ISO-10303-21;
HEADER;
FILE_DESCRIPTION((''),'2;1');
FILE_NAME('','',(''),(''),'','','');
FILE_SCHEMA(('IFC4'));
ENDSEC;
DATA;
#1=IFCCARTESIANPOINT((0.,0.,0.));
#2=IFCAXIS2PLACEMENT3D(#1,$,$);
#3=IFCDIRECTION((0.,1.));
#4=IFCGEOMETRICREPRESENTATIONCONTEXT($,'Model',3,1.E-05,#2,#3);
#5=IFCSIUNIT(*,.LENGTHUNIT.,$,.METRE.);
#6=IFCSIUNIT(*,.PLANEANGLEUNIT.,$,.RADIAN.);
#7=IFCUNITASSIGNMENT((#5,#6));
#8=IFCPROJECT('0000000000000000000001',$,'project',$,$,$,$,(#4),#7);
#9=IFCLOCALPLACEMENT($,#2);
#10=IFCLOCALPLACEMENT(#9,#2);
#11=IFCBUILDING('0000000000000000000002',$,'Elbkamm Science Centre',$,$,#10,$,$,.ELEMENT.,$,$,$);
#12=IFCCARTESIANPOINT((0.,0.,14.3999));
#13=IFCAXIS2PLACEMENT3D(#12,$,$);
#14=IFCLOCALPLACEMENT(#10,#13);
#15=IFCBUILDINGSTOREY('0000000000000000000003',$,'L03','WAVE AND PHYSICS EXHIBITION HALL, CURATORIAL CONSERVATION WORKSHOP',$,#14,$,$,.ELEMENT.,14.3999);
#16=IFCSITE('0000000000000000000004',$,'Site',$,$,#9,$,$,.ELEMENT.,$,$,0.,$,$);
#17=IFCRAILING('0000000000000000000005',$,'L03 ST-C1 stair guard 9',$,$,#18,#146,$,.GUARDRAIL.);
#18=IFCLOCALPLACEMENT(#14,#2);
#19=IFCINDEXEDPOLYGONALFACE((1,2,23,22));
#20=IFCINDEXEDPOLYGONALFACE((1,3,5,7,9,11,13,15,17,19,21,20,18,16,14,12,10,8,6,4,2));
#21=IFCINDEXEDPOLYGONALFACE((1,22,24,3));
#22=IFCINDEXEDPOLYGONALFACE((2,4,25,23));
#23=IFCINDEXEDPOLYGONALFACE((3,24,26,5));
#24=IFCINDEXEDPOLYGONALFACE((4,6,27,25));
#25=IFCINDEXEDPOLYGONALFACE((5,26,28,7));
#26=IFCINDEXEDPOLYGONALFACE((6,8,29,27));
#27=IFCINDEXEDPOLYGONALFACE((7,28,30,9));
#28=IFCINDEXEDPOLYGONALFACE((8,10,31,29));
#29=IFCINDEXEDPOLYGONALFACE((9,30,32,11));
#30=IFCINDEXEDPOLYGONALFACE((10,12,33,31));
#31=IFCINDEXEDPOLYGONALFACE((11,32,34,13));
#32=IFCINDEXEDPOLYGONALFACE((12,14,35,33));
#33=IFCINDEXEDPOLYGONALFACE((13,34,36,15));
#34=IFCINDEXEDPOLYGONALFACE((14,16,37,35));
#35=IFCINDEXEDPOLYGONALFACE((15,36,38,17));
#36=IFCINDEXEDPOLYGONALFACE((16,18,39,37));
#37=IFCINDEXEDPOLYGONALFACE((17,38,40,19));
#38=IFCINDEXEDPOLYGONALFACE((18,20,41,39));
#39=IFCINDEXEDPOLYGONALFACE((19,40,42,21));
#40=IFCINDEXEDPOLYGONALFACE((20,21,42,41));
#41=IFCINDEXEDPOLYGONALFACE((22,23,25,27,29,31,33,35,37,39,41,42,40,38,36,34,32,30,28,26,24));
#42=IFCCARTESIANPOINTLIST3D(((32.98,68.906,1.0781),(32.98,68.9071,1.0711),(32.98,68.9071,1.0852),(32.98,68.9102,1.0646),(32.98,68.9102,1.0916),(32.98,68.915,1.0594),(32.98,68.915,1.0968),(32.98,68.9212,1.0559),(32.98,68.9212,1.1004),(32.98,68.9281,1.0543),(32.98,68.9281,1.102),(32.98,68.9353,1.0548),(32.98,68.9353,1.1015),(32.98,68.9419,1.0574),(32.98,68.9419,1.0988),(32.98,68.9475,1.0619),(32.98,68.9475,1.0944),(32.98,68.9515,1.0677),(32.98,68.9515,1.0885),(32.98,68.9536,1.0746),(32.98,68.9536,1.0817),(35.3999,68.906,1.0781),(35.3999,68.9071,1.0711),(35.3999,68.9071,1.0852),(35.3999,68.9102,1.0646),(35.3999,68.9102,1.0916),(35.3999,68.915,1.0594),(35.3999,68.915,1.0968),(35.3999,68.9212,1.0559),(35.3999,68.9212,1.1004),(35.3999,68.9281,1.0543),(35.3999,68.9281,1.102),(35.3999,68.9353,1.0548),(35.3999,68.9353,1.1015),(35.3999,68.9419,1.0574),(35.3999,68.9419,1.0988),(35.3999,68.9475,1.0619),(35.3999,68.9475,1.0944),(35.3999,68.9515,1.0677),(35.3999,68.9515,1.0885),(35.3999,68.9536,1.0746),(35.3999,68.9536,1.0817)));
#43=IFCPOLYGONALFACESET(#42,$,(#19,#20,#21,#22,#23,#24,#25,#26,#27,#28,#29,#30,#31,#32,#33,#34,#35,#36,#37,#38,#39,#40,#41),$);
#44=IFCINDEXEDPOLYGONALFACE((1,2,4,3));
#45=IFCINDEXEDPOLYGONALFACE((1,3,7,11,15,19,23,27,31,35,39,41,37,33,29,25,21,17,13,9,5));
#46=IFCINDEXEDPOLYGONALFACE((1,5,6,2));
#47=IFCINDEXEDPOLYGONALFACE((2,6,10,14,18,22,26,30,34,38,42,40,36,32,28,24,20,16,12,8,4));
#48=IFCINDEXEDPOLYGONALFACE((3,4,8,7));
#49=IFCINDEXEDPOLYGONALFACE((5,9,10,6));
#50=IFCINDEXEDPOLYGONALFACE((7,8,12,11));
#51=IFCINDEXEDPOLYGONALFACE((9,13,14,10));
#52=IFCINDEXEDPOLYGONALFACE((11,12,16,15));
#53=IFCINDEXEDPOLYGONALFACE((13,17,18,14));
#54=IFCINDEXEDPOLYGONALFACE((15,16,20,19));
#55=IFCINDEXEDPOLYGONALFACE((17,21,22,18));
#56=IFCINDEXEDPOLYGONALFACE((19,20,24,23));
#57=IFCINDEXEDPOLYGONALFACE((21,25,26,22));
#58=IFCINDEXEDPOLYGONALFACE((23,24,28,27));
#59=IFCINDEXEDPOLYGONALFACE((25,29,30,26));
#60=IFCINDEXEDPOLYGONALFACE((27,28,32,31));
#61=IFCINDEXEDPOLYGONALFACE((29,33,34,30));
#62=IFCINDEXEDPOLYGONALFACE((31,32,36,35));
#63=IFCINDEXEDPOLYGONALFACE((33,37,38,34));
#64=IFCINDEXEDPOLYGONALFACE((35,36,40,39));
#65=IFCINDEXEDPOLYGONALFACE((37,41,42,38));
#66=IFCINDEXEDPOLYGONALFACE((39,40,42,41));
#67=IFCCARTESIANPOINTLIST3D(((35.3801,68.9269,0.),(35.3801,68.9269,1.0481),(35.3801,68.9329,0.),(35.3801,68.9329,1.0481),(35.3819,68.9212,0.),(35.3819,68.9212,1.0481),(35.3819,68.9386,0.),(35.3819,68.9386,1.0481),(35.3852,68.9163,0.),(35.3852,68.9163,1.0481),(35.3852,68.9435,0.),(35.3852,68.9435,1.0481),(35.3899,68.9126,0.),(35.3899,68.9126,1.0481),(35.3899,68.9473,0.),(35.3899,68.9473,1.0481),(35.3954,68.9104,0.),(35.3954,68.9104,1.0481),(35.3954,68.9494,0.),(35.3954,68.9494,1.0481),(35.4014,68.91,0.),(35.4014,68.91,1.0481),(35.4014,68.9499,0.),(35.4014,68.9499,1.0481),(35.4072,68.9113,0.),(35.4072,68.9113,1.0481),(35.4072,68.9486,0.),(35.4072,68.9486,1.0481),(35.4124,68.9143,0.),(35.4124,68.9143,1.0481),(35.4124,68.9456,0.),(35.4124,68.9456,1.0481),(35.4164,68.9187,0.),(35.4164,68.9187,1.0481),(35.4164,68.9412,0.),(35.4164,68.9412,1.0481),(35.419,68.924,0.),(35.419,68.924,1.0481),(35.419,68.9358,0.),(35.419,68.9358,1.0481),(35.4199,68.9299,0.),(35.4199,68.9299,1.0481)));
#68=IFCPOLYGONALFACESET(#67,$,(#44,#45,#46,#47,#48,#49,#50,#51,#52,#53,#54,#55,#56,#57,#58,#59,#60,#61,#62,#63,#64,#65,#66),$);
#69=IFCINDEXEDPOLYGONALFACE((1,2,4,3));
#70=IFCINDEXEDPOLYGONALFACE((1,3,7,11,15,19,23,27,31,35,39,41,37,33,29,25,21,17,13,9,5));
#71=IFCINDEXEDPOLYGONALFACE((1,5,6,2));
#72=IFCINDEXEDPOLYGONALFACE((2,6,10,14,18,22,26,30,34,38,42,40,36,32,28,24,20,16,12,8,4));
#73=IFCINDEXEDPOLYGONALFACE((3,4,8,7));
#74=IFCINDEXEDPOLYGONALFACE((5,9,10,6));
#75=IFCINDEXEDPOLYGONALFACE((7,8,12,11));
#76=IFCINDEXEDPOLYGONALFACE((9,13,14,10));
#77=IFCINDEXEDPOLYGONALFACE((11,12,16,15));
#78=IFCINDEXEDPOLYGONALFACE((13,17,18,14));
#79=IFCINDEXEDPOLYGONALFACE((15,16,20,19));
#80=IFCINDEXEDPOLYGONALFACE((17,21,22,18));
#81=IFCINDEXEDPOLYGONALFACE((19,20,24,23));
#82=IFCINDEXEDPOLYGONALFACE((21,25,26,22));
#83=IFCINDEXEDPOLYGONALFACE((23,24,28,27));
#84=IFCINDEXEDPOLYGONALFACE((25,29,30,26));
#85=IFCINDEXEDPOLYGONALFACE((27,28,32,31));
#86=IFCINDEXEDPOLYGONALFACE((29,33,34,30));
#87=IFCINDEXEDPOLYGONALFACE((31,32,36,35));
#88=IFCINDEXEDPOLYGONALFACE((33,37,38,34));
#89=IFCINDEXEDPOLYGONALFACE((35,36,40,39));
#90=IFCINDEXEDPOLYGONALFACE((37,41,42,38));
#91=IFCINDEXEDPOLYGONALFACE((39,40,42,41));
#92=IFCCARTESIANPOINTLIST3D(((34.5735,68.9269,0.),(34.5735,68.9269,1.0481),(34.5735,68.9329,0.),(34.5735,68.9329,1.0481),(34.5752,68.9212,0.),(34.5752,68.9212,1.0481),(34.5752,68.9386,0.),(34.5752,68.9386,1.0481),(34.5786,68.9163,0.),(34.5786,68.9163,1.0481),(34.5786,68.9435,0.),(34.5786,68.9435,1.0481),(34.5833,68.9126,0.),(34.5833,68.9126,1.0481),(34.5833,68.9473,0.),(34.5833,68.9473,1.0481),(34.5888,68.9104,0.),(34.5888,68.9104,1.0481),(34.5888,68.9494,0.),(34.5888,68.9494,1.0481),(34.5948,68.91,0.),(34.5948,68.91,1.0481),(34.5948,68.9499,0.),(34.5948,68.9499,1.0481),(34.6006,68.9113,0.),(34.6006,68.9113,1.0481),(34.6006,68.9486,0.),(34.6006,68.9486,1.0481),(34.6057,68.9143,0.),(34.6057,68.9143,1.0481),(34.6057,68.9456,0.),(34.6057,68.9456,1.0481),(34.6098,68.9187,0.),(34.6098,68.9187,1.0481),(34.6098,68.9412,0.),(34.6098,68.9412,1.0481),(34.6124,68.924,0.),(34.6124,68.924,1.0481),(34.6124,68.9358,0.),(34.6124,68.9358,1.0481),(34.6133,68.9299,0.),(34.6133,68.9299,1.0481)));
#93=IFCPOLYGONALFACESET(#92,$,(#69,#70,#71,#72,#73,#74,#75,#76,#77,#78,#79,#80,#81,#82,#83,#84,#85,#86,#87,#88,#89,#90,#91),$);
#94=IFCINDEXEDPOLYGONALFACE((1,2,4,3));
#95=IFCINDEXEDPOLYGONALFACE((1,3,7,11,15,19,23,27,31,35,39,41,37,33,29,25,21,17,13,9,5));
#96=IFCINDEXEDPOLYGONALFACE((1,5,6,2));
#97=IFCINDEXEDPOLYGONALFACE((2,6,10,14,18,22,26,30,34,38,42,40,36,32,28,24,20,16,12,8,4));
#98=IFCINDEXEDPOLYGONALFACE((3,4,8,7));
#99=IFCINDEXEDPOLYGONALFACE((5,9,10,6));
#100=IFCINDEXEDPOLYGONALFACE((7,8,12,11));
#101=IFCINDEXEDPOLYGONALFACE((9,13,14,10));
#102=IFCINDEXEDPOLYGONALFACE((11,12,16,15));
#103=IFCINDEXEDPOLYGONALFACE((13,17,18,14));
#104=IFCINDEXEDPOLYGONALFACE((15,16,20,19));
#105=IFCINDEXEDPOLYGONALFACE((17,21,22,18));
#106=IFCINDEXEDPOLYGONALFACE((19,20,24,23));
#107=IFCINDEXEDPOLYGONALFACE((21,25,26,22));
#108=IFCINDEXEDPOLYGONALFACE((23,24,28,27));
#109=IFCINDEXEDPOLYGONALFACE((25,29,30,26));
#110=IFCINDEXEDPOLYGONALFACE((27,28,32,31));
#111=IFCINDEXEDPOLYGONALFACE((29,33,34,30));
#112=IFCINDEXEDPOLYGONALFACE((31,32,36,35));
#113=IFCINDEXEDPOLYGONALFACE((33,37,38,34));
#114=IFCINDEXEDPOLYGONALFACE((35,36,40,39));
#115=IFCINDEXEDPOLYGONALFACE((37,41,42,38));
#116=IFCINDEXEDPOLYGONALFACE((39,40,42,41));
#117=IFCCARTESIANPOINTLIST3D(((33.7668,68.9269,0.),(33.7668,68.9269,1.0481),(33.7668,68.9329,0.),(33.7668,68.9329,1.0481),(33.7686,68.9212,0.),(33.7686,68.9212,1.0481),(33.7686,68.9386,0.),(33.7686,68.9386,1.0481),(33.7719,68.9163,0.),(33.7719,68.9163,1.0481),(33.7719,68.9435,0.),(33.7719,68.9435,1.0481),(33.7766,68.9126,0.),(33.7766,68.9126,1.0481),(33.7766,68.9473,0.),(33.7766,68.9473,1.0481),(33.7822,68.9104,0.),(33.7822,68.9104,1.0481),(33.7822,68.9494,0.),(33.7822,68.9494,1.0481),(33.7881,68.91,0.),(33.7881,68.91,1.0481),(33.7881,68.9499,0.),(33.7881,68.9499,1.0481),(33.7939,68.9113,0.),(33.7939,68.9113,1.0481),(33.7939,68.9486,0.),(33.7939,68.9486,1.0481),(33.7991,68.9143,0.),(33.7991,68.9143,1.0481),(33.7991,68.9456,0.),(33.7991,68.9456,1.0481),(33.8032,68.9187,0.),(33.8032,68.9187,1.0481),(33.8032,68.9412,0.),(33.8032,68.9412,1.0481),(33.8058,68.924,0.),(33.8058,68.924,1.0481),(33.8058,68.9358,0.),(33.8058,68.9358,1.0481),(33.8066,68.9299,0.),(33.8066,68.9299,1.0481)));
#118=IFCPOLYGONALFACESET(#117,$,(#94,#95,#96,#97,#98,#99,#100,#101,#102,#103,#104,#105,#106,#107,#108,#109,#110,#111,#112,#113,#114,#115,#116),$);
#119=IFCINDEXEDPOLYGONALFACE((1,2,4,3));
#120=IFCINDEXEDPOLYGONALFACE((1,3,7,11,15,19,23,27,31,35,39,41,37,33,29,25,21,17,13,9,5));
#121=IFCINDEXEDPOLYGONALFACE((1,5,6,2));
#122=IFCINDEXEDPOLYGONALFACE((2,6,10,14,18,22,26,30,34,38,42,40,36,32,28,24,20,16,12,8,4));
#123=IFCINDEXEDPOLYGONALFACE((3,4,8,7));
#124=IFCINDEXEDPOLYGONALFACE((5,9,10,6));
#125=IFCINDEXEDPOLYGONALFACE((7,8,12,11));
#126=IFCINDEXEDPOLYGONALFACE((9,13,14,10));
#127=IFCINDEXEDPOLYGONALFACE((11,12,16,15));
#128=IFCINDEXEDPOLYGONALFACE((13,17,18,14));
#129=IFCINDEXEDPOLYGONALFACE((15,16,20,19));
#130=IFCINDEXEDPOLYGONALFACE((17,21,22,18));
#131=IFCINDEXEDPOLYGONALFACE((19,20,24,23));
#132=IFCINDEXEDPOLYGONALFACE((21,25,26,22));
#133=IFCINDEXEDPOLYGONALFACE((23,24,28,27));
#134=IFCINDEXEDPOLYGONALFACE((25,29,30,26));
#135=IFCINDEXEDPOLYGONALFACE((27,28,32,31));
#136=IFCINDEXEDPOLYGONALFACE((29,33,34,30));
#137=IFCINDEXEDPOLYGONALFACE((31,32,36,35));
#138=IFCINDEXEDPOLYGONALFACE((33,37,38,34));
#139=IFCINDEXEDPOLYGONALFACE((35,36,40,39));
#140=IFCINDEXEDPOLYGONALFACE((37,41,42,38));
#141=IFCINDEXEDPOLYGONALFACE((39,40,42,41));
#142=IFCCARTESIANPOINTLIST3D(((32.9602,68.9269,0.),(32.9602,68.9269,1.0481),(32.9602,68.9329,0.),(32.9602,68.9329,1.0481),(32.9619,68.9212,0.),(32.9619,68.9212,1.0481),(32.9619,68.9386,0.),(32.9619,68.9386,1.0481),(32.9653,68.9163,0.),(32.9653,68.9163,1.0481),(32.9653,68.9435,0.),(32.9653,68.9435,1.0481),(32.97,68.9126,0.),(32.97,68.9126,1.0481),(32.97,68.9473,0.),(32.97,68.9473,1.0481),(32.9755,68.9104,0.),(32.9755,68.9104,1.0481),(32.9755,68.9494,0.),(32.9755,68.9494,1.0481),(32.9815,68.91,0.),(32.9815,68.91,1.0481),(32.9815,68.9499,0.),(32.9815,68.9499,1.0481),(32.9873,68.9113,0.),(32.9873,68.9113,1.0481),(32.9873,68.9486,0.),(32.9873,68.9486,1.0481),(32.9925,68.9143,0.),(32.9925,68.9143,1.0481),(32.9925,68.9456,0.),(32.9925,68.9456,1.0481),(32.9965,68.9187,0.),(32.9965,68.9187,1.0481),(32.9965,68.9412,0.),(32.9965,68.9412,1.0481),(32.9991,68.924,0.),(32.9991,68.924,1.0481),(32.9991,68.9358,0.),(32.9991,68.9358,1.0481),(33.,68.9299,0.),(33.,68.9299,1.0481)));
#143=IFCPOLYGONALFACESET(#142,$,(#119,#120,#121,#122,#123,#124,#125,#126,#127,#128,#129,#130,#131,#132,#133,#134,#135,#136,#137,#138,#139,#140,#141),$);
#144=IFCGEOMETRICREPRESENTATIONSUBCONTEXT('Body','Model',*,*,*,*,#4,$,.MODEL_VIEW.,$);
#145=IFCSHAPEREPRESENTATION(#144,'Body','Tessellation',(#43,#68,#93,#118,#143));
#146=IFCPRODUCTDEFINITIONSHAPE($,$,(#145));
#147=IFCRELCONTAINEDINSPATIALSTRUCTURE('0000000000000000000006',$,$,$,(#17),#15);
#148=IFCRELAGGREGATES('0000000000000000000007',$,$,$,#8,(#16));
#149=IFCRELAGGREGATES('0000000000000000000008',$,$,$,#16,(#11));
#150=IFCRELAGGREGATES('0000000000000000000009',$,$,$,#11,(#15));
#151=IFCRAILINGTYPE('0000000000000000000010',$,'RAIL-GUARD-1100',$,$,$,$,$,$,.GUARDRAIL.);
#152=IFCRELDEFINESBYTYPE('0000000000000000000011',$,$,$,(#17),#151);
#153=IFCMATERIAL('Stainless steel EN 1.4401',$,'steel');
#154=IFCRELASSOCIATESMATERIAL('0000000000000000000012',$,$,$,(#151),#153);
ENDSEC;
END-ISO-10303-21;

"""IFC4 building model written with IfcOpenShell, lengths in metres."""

from ifc_helpers import new_model, si_unit, direction, frame, origin, origin_2d, place, context, subcontext, project, spatial, circle, extrude, material, type_object, element, save


model = new_model("IFC4")

# Units and contexts
model_context = context("Model", 3, precision=1e-05, world=origin(), true_north=direction((0.0, 1.0)))
body_context = subcontext(model_context, "Body", "Model", "MODEL_VIEW")
ifc_project = project(units=[si_unit("LENGTHUNIT", "METRE"), si_unit("PLANEANGLEUNIT", "RADIAN")], contexts=[model_context])

# Site, building, storey
site_placement = place(None, origin())
site = spatial("IfcSite", under=ifc_project, at=site_placement, Name="Site", CompositionType="ELEMENT", RefElevation=0.0)
building_placement = place(site_placement, origin())
building = spatial("IfcBuilding", under=site, at=building_placement, Name="Elbkamm Science Centre", CompositionType="ELEMENT")
storey_placement = place(building_placement, frame((0.0, 0.0, 14.3999)))
storey = spatial("IfcBuildingStorey", under=building, at=storey_placement, Name="L03", Description="WAVE AND PHYSICS EXHIBITION HALL, CURATORIAL CONSERVATION WORKSHOP", CompositionType="ELEMENT", Elevation=14.3999)

# Railing
ifc_material_1 = material(Name="Stainless steel EN 1.4401", Category="steel")
railing_type_1 = type_object("IfcRailingType", Name="RAIL-GUARD-1100", PredefinedType="GUARDRAIL", material=ifc_material_1)
for number, where, name in (
    (1, (35.3999, 68.9299, 0.0), "L03 ST-C1 stair guard 9"),
):
    element("IfcRailing", number, at=place(storey_placement, frame(where)), inside=storey, type_object=railing_type_1, Name=name, PredefinedType="GUARDRAIL", context=body_context, shape_type="SweptSolid", body=[
        extrude(circle(Radius=0.0239, at=origin_2d()), frame((0.0, 0.0, 1.0781), z_axis=(-1.0, 0.0, 0.0), x_axis=(0.0, -1.0, 0.0)), (0.0, 0.0, 1.0), 2.4199),
        extrude(circle(Radius=0.02, at=origin_2d()), origin(), (0.0, 0.0, 1.0), 1.0481),
        extrude(circle(Radius=0.02, at=origin_2d()), frame((-0.8066, 0.0, 0.0)), (0.0, 0.0, 1.0), 1.0481),
        extrude(circle(Radius=0.02, at=origin_2d()), frame((-1.6133, 0.0, 0.0)), (0.0, 0.0, 1.0), 1.0481),
        extrude(circle(Radius=0.02, at=origin_2d()), frame((-2.4199, 0.0, 0.0)), (0.0, 0.0, 1.0), 1.0481),
    ])

save(model, "model.ifc")
